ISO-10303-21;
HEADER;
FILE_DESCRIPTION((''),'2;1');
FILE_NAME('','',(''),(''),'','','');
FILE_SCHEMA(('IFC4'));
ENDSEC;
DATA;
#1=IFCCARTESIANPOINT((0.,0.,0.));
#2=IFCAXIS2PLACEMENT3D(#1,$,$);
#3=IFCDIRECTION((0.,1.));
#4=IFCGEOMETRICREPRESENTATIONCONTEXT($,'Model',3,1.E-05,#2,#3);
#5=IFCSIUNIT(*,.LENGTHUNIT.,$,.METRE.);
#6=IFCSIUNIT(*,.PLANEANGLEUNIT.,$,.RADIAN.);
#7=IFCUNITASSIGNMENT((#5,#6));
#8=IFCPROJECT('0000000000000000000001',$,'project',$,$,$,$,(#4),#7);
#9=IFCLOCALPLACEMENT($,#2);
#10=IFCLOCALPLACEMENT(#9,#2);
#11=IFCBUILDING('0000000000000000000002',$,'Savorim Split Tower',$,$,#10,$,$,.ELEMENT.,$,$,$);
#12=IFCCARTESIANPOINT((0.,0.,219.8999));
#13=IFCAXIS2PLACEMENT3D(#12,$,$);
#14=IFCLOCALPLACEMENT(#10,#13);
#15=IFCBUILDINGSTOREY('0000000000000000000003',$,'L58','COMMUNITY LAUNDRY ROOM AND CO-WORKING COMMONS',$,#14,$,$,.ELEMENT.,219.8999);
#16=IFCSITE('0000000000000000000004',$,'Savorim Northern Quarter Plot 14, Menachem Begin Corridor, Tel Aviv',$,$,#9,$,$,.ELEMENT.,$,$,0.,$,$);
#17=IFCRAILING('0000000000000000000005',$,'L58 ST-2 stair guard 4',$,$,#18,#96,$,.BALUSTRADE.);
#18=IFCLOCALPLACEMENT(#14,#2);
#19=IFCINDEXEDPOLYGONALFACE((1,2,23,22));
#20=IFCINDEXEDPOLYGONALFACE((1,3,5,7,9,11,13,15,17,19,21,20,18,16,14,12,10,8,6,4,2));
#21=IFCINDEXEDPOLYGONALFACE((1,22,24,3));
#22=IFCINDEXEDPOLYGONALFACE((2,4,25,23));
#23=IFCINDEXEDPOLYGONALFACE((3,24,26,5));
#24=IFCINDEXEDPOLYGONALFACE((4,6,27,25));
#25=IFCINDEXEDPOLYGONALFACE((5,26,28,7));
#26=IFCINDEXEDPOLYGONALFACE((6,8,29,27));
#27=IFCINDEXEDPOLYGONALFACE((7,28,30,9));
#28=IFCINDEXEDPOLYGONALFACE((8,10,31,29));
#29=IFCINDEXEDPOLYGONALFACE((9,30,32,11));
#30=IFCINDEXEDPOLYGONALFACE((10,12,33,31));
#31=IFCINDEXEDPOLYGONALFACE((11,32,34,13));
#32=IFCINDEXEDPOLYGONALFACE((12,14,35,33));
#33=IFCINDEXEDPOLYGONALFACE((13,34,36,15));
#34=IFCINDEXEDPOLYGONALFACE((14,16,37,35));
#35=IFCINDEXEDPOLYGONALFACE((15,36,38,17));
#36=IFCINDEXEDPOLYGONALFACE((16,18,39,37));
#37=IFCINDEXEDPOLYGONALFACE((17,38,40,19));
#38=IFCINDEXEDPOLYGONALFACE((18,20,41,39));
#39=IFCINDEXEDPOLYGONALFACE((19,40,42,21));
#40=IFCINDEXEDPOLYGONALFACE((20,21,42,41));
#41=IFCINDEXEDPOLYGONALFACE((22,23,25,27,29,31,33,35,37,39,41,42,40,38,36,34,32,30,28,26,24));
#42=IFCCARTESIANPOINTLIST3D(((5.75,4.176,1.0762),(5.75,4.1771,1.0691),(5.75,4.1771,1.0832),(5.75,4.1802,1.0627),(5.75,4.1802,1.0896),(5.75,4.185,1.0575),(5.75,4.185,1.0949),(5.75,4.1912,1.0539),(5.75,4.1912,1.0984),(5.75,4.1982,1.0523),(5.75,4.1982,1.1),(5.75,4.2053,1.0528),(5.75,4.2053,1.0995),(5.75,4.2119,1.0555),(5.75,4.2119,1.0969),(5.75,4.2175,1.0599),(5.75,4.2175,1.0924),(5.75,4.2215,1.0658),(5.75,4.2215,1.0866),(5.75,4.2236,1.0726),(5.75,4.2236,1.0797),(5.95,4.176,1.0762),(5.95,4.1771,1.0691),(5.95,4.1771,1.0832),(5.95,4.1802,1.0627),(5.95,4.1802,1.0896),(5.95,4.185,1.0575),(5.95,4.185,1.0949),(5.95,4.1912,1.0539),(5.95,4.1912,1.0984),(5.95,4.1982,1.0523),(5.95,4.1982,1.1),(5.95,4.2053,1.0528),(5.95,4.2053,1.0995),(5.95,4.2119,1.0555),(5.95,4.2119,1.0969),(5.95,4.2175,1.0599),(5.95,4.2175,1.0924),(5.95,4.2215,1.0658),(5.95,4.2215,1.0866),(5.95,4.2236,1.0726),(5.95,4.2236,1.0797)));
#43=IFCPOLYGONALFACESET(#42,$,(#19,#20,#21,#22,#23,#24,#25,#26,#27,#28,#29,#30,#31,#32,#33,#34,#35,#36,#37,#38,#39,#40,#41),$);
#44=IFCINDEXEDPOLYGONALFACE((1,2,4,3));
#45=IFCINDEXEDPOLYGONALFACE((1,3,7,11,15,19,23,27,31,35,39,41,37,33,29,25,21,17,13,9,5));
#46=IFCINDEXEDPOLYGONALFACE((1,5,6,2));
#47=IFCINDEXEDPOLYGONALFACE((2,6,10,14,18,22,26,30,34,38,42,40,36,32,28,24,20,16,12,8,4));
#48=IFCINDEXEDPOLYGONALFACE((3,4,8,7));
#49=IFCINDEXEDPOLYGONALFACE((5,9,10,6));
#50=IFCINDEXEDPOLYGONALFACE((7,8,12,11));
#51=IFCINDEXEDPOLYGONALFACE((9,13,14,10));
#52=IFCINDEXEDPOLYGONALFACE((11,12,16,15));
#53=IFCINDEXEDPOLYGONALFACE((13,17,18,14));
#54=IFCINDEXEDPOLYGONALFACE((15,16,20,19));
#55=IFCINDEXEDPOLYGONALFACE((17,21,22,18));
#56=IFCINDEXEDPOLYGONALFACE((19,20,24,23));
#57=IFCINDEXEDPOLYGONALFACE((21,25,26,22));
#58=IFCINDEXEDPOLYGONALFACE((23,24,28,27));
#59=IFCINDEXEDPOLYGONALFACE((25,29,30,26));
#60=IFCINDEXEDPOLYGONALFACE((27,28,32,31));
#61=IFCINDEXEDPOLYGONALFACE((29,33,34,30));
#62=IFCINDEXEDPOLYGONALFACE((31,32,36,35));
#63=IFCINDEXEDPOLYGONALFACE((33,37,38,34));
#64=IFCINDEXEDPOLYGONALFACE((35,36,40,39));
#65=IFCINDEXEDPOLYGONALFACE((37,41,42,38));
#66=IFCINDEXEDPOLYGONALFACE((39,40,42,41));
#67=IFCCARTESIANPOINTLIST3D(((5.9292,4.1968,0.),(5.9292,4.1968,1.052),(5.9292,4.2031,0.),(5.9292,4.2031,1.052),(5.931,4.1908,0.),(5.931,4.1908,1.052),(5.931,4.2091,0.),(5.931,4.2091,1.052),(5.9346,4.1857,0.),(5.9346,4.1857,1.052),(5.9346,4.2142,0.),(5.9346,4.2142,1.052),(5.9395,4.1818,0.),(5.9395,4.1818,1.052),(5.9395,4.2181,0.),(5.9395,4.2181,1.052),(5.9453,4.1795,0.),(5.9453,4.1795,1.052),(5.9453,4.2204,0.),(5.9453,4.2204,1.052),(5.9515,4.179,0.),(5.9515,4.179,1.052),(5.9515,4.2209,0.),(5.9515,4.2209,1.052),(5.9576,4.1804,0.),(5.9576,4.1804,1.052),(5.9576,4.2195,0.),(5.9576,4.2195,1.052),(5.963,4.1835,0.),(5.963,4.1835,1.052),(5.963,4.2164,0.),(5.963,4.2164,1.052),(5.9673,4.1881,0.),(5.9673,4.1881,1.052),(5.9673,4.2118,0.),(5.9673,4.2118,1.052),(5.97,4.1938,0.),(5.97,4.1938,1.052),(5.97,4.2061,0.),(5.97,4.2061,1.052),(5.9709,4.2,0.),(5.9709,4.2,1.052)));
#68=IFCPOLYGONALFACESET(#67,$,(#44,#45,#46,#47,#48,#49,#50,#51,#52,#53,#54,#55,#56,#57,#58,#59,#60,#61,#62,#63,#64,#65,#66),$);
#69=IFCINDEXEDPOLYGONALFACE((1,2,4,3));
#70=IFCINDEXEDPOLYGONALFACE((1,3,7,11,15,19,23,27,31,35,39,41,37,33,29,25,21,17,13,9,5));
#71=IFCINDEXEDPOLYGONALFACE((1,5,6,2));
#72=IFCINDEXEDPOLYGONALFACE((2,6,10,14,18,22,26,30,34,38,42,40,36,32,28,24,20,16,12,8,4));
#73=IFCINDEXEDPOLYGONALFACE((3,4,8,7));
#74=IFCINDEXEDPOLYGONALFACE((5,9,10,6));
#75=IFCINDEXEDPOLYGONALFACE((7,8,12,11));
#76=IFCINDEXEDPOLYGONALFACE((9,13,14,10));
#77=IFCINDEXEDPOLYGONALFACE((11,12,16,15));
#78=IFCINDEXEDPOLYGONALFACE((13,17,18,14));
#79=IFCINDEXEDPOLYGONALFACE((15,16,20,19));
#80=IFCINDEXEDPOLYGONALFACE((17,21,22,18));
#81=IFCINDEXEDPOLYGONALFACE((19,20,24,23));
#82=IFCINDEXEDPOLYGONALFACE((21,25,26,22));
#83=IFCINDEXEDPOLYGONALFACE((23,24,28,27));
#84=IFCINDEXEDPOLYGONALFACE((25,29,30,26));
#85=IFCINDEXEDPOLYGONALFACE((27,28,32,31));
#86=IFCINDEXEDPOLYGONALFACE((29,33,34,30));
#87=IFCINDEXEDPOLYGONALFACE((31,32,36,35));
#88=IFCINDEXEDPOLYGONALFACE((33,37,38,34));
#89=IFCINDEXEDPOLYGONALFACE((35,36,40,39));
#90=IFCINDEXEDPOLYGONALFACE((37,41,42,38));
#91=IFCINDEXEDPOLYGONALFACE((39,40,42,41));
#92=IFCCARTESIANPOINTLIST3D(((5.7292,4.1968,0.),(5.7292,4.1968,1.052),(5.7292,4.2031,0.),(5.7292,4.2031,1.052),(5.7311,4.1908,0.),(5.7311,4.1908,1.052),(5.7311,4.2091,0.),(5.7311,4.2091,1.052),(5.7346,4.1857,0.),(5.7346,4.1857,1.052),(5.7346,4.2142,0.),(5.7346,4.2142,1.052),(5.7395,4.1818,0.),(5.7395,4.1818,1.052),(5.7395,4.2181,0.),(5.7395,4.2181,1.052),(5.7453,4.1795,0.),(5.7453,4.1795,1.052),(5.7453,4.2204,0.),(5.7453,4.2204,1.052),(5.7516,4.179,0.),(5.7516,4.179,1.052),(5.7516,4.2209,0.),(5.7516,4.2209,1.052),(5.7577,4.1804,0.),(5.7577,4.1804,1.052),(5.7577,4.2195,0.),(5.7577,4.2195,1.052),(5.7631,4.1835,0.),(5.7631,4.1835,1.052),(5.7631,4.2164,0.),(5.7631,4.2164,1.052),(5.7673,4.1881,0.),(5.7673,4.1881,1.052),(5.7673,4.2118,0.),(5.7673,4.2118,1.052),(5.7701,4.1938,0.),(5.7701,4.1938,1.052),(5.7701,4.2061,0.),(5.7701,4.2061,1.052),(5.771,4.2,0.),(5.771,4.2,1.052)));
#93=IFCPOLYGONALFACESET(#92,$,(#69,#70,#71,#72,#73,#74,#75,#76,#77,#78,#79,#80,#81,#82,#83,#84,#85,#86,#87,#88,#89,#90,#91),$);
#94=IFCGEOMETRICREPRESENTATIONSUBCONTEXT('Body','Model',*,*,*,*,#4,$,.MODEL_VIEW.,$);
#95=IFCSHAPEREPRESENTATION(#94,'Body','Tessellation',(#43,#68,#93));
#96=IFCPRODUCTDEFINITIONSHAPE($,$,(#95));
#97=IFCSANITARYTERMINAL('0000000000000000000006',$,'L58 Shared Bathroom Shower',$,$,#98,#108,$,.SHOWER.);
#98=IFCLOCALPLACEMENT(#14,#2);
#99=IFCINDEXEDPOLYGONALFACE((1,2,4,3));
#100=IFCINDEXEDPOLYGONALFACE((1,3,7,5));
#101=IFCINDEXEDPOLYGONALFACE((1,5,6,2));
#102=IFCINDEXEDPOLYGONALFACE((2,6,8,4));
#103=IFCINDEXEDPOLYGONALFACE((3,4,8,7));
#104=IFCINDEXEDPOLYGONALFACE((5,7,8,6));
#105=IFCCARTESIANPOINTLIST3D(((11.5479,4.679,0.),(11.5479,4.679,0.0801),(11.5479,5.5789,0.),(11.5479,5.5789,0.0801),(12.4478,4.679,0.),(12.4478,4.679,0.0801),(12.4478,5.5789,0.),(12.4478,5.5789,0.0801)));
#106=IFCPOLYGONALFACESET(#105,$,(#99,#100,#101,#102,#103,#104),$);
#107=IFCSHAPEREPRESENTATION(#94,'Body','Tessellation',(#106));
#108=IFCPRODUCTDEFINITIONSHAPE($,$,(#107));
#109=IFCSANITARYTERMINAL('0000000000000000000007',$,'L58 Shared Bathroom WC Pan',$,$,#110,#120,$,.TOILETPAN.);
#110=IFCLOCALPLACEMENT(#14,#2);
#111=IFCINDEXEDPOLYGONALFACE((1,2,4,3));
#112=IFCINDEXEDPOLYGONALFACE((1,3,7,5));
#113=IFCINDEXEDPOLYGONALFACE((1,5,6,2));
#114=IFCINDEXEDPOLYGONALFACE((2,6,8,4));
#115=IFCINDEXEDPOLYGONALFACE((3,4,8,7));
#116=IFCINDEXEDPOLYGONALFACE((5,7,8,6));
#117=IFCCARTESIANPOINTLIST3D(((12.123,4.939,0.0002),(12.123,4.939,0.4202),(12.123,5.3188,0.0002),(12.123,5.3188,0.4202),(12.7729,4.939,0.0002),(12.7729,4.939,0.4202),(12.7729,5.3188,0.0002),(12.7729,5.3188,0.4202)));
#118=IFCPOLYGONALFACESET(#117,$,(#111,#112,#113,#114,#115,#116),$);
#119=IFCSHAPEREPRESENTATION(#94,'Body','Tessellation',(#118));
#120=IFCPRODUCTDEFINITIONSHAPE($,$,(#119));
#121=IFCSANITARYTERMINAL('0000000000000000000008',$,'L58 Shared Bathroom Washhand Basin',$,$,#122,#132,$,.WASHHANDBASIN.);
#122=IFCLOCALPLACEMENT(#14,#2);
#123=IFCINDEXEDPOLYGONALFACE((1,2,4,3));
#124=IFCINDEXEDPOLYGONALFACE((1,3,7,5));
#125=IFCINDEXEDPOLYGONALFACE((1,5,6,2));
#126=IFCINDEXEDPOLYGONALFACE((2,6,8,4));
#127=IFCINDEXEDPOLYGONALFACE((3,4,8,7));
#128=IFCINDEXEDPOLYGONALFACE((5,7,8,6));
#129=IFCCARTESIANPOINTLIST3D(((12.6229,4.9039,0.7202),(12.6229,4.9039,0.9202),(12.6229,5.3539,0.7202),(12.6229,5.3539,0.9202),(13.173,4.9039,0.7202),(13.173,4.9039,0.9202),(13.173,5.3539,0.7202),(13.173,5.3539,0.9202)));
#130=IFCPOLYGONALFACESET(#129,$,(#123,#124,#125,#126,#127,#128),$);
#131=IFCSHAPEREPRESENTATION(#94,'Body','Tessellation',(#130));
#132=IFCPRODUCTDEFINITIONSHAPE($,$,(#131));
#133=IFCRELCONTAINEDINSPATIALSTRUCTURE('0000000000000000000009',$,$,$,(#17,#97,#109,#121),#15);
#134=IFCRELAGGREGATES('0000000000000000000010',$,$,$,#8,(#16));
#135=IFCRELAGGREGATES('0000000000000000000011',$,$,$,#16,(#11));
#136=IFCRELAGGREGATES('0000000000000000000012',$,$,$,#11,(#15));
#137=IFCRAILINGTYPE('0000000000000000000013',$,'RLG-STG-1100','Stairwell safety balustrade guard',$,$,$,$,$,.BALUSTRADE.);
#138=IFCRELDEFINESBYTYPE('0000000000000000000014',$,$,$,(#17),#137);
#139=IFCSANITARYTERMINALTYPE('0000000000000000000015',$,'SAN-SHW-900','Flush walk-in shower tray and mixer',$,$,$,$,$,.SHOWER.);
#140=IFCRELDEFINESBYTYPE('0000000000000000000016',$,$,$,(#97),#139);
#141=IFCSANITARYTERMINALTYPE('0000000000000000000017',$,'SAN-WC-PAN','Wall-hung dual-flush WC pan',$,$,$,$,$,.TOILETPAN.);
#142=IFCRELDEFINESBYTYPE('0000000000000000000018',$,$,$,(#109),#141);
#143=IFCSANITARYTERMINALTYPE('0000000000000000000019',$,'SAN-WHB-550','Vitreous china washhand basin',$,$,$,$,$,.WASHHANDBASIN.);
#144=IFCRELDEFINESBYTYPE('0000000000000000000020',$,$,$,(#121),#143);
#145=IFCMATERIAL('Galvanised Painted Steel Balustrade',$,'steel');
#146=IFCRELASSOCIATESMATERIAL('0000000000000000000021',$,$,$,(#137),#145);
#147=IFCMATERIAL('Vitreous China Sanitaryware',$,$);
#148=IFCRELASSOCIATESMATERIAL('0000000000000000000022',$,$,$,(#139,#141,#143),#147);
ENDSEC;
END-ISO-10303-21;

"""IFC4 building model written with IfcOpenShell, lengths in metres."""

from ifc_helpers import new_model, si_unit, direction, frame, origin, origin_2d, place, context, subcontext, project, spatial, rectangle, circle, extrude, material, type_object, element, save


model = new_model("IFC4")

# Units and contexts
model_context = context("Model", 3, precision=1e-05, world=origin(), true_north=direction((0.0, 1.0)))
body_context = subcontext(model_context, "Body", "Model", "MODEL_VIEW")
ifc_project = project(units=[si_unit("LENGTHUNIT", "METRE"), si_unit("PLANEANGLEUNIT", "RADIAN")], contexts=[model_context])

# Site, building, storey
site_placement = place(None, origin())
site = spatial("IfcSite", under=ifc_project, at=site_placement, Name="Savorim Northern Quarter Plot 14, Menachem Begin Corridor, Tel Aviv", CompositionType="ELEMENT", RefElevation=0.0)
building_placement = place(site_placement, origin())
building = spatial("IfcBuilding", under=site, at=building_placement, Name="Savorim Split Tower", CompositionType="ELEMENT")
storey_placement = place(building_placement, frame((0.0, 0.0, 219.8999)))
storey = spatial("IfcBuildingStorey", under=building, at=storey_placement, Name="L58", Description="COMMUNITY LAUNDRY ROOM AND CO-WORKING COMMONS", CompositionType="ELEMENT", Elevation=219.8999)

# Railing
ifc_material_1 = material(Name="Galvanised Painted Steel Balustrade", Category="steel")
railing_type_1 = type_object("IfcRailingType", Name="RLG-STG-1100", Description="Stairwell safety balustrade guard", PredefinedType="BALUSTRADE", material=ifc_material_1)
railing_1_placement = place(storey_placement, frame((5.95, 4.2, 0.0)))
element("IfcRailing", 1, at=railing_1_placement, inside=storey, type_object=railing_type_1, Name="L58 ST-2 stair guard 4", PredefinedType="BALUSTRADE", context=body_context, shape_type="SweptSolid", body=[
    extrude(circle(Radius=0.0239, at=origin_2d()), frame((0.0, 0.0, 1.0762), z_axis=(-1.0, 0.0, 0.0), x_axis=(0.0, -1.0, 0.0)), (0.0, 0.0, 1.0), 0.2),
    extrude(circle(Radius=0.021, at=origin_2d()), origin(), (0.0, 0.0, 1.0), 1.052),
    extrude(circle(Radius=0.021, at=origin_2d()), frame((-0.2, 0.0, 0.0)), (0.0, 0.0, 1.0), 1.052),
])

# Sanitary terminals
ifc_material_2 = material(Name="Vitreous China Sanitaryware")
sanitary_terminal_type_1 = type_object("IfcSanitaryTerminalType", Name="SAN-SHW-900", Description="Flush walk-in shower tray and mixer", PredefinedType="SHOWER", material=ifc_material_2)
sanitary_terminal_1_placement = place(storey_placement, frame((11.9978, 5.1289, 0.0), z_axis=(0.0, 0.0, 1.0), x_axis=(1.0, 0.0, 0.0)))
element("IfcSanitaryTerminal", 2, at=sanitary_terminal_1_placement, inside=storey, type_object=sanitary_terminal_type_1, Name="L58 Shared Bathroom Shower", PredefinedType="SHOWER", context=body_context, shape_type="SweptSolid", body=[
    extrude(rectangle(XDim=0.8999, YDim=0.8999, at=origin_2d()), origin(), (0.0, 0.0, 1.0), 0.0801),
])
sanitary_terminal_type_2 = type_object("IfcSanitaryTerminalType", Name="SAN-WC-PAN", Description="Wall-hung dual-flush WC pan", PredefinedType="TOILETPAN", material=ifc_material_2)
sanitary_terminal_2_placement = place(storey_placement, frame((12.448, 5.1289, 0.0002), z_axis=(0.0, 0.0, 1.0), x_axis=(1.0, 0.0, 0.0)))
element("IfcSanitaryTerminal", 3, at=sanitary_terminal_2_placement, inside=storey, type_object=sanitary_terminal_type_2, Name="L58 Shared Bathroom WC Pan", PredefinedType="TOILETPAN", context=body_context, shape_type="SweptSolid", body=[
    extrude(rectangle(XDim=0.6499, YDim=0.3799, at=origin_2d()), origin(), (0.0, 0.0, 1.0), 0.4199),
])
sanitary_terminal_type_3 = type_object("IfcSanitaryTerminalType", Name="SAN-WHB-550", Description="Vitreous china washhand basin", PredefinedType="WASHHANDBASIN", material=ifc_material_2)
sanitary_terminal_3_placement = place(storey_placement, frame((12.8979, 5.1289, 0.7202), z_axis=(0.0, 0.0, 1.0), x_axis=(1.0, 0.0, 0.0)))
element("IfcSanitaryTerminal", 4, at=sanitary_terminal_3_placement, inside=storey, type_object=sanitary_terminal_type_3, Name="L58 Shared Bathroom Washhand Basin", PredefinedType="WASHHANDBASIN", context=body_context, shape_type="SweptSolid", body=[
    extrude(rectangle(XDim=0.55, YDim=0.45, at=origin_2d()), origin(), (0.0, 0.0, 1.0), 0.2),
])

save(model, "model.ifc")
